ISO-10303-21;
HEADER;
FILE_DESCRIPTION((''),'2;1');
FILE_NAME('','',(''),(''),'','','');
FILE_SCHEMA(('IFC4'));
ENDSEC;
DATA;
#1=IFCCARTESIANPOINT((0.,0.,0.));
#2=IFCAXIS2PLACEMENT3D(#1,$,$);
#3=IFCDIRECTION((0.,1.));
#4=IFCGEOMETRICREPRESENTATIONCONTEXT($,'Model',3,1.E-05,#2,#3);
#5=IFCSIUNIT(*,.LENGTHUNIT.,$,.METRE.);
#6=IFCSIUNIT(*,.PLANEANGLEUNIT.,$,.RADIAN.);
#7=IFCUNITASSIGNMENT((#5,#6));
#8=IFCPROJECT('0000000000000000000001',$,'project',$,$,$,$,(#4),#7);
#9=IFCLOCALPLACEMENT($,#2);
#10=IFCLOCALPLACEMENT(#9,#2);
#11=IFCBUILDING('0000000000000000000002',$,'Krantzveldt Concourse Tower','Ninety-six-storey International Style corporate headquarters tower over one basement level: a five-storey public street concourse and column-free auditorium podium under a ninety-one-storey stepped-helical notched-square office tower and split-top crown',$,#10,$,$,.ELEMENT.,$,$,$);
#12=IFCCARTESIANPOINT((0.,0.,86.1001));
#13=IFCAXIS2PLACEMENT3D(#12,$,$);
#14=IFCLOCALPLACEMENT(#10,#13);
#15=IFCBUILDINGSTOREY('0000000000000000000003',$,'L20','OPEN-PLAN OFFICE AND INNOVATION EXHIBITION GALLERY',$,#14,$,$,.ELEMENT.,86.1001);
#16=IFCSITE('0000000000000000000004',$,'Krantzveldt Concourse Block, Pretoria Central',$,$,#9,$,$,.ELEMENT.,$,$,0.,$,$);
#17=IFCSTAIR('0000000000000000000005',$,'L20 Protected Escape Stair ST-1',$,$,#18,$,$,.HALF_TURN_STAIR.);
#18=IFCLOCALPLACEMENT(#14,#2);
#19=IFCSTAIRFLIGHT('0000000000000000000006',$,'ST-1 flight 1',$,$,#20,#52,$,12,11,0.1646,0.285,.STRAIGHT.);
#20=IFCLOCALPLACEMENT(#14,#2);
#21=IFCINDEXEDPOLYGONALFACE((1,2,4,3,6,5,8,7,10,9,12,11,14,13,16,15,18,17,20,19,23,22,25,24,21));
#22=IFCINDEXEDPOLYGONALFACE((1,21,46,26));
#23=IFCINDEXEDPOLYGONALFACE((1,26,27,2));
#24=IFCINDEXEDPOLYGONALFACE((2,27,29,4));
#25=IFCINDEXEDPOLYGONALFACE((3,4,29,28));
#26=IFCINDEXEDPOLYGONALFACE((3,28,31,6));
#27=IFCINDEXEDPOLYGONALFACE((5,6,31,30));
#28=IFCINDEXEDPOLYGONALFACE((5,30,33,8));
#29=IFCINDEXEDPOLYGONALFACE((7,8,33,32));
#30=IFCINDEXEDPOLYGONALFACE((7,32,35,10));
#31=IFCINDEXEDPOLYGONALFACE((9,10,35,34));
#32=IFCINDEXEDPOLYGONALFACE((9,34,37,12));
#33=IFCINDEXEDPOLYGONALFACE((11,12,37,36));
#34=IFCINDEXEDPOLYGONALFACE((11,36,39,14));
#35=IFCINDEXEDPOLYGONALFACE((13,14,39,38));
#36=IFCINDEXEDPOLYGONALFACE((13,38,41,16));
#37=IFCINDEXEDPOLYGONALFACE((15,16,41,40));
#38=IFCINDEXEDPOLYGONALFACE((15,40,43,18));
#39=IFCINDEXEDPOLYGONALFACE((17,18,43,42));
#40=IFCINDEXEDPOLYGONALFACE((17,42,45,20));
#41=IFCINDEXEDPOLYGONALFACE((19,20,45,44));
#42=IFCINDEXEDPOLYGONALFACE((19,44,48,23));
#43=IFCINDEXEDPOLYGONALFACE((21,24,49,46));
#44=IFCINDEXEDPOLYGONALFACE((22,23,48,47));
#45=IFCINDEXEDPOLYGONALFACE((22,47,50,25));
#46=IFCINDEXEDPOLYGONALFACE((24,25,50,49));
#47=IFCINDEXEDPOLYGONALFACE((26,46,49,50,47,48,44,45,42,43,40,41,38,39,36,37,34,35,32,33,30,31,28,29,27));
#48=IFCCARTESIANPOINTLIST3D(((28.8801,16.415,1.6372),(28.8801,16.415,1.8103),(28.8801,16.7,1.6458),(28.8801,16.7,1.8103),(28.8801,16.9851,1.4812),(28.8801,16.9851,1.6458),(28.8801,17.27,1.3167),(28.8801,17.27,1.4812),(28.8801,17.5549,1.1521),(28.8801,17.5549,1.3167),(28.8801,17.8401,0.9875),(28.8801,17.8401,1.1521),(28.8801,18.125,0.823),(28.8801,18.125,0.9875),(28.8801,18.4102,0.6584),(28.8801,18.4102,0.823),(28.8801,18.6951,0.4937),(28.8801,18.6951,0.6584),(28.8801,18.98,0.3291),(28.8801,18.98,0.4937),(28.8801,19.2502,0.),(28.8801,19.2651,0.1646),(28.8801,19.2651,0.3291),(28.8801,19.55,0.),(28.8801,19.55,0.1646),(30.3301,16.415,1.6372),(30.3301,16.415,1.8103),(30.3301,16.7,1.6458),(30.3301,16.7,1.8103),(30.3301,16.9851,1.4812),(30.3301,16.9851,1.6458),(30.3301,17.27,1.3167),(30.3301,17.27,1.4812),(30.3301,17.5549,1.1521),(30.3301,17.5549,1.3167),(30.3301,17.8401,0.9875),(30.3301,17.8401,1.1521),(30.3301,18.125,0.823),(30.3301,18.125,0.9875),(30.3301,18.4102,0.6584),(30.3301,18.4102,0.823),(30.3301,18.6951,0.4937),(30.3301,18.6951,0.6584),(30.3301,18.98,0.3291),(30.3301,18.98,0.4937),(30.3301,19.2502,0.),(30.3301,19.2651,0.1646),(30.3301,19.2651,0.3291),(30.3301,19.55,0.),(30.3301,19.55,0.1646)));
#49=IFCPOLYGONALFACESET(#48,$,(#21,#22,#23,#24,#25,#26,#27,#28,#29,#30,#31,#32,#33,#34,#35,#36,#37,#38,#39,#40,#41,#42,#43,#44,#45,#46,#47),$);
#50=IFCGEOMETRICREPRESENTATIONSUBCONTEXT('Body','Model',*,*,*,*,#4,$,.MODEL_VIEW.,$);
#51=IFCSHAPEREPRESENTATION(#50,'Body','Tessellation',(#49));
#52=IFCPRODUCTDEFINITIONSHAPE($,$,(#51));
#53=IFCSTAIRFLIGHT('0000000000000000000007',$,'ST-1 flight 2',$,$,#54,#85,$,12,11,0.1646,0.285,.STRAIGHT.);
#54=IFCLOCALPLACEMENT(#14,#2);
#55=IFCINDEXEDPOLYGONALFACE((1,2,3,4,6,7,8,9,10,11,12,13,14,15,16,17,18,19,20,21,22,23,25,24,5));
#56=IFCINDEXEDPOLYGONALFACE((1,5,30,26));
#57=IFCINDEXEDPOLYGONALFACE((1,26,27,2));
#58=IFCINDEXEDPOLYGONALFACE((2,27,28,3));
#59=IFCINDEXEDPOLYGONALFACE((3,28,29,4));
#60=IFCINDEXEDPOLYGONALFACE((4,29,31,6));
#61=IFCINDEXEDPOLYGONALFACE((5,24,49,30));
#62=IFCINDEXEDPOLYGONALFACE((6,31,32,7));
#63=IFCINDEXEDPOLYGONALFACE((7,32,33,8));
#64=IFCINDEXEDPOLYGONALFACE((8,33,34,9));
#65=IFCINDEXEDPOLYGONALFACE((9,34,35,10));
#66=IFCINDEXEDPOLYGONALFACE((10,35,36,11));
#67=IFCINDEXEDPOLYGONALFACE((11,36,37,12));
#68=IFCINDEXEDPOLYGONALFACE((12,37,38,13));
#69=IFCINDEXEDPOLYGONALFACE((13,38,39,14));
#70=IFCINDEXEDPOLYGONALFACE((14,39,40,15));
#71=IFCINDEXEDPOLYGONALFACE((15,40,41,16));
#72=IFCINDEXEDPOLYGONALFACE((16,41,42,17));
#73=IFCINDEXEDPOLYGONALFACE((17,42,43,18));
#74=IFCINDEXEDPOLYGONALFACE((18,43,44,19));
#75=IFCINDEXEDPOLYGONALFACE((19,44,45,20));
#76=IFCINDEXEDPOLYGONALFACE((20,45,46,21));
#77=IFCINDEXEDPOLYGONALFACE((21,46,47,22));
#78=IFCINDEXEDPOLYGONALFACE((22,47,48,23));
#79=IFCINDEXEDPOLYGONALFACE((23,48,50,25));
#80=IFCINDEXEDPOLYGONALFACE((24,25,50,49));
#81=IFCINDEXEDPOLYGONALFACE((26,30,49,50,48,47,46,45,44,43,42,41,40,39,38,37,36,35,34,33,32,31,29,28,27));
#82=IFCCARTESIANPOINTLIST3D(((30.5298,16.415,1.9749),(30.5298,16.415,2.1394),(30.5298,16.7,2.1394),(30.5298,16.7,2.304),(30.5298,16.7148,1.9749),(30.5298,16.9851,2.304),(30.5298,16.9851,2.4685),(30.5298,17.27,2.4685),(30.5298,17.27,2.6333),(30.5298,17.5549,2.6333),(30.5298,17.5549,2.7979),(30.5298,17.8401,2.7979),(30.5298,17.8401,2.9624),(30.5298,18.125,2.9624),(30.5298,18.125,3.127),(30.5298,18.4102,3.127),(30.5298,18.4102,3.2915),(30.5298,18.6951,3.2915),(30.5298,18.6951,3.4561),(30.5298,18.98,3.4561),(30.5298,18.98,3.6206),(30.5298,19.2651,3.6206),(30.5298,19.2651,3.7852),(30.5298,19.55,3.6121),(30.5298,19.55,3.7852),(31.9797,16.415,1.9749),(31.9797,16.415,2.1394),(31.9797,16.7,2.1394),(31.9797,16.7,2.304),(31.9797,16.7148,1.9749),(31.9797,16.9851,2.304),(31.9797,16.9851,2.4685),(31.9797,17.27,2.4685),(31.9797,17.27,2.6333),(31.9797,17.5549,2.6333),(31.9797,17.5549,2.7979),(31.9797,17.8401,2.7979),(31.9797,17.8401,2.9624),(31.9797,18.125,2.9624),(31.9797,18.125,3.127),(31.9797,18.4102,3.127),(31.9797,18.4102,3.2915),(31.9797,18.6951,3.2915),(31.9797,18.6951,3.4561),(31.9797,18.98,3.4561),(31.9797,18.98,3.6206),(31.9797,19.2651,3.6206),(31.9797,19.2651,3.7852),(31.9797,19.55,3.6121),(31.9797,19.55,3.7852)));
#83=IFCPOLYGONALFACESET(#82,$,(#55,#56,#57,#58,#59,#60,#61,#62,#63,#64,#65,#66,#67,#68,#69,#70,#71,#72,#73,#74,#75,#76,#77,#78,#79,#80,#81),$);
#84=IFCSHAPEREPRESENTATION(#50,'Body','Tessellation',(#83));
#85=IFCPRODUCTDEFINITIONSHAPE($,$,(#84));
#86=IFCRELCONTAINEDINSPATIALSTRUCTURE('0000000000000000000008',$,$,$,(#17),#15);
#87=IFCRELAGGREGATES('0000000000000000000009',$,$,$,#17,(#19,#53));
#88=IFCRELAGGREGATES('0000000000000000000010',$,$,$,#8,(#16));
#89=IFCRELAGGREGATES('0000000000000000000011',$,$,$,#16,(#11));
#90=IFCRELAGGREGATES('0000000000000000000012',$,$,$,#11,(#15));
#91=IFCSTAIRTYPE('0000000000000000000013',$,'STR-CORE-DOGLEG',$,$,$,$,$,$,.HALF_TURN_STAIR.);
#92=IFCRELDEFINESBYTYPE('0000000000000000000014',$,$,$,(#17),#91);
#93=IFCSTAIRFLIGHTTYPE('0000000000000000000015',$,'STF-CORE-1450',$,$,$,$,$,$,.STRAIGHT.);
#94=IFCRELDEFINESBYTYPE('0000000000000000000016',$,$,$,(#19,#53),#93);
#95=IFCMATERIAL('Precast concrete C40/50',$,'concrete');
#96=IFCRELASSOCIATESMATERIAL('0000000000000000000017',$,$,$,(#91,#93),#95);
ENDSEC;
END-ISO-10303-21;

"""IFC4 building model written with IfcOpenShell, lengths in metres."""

from ifc_helpers import new_model, si_unit, direction, frame, origin, place, context, subcontext, project, spatial, polyline, outline, extrude, material, type_object, element, aggregate, save


model = new_model("IFC4")

# Units and contexts
model_context = context("Model", 3, precision=1e-05, world=origin(), true_north=direction((0.0, 1.0)))
body_context = subcontext(model_context, "Body", "Model", "MODEL_VIEW")
ifc_project = project(units=[si_unit("LENGTHUNIT", "METRE"), si_unit("PLANEANGLEUNIT", "RADIAN")], contexts=[model_context])

# Site, building, storey
site_placement = place(None, origin())
site = spatial("IfcSite", under=ifc_project, at=site_placement, Name="Krantzveldt Concourse Block, Pretoria Central", CompositionType="ELEMENT", RefElevation=0.0)
building_placement = place(site_placement, origin())
building = spatial("IfcBuilding", under=site, at=building_placement, Name="Krantzveldt Concourse Tower", Description="Ninety-six-storey International Style corporate headquarters tower over one basement level: a five-storey public street concourse and column-free auditorium podium under a ninety-one-storey stepped-helical notched-square office tower and split-top crown", CompositionType="ELEMENT")
storey_placement = place(building_placement, frame((0.0, 0.0, 86.1001)))
storey = spatial("IfcBuildingStorey", under=building, at=storey_placement, Name="L20", Description="OPEN-PLAN OFFICE AND INNOVATION EXHIBITION GALLERY", CompositionType="ELEMENT", Elevation=86.1001)

# Stair, stair flights
ifc_material_1 = material(Name="Precast concrete C40/50", Category="concrete")
stair_type = type_object("IfcStairType", Name="STR-CORE-DOGLEG", PredefinedType="HALF_TURN_STAIR", material=ifc_material_1)
stair_placement = place(storey_placement, origin())
stair = element("IfcStair", 1, at=stair_placement, inside=storey, type_object=stair_type, Name="L20 Protected Escape Stair ST-1", PredefinedType="HALF_TURN_STAIR")
stair_flight_type = type_object("IfcStairFlightType", Name="STF-CORE-1450", PredefinedType="STRAIGHT", material=ifc_material_1)
stair_flight_1_placement = place(storey_placement, frame((29.605, 19.55, 0.0), z_axis=(0.0, 0.0, 1.0), x_axis=(0.0, -1.0, 0.0)))
stair_flight_1 = element("IfcStairFlight", 2, at=stair_flight_1_placement, type_object=stair_flight_type, Name="ST-1 flight 1", NumberOfRisers=12, NumberOfTreads=11, PredefinedType="STRAIGHT", RiserHeight=0.1646, TreadLength=0.285, context=body_context, shape_type="SweptSolid", body=[
    extrude(outline(polyline([(0.0, 0.0), (0.0, 0.1646), (0.2849, 0.1646), (0.2849, 0.3291), (0.5701, 0.3291), (0.5701, 0.4937), (0.855, 0.4937), (0.855, 0.6584), (1.1399, 0.6584), (1.1399, 0.823), (1.425, 0.823), (1.425, 0.9875), (1.71, 0.9875), (1.71, 1.1521), (1.9951, 1.1521), (1.9951, 1.3167), (2.28, 1.3167), (2.28, 1.4812), (2.5649, 1.4812), (2.5649, 1.6458), (2.8501, 1.6458), (2.8501, 1.8103), (3.135, 1.8103), (3.135, 1.9751), (3.135, 1.6372), (0.2998, 0.0), (0.0, 0.0)])), frame((0.0, 0.7251, 0.0), z_axis=(0.0, -1.0, 0.0), x_axis=(1.0, 0.0, 0.0)), (0.0, 0.0, 1.0), 1.45),
])
stair_flight_2_placement = place(storey_placement, frame((31.2549, 16.415, 1.9749), z_axis=(0.0, 0.0, 1.0), x_axis=(0.0, 1.0, 0.0)))
stair_flight_2 = element("IfcStairFlight", 3, at=stair_flight_2_placement, type_object=stair_flight_type, Name="ST-1 flight 2", NumberOfRisers=12, NumberOfTreads=11, PredefinedType="STRAIGHT", RiserHeight=0.1646, TreadLength=0.285, context=body_context, shape_type="SweptSolid", body=[
    extrude(outline(polyline([(0.0, 0.0), (0.0, 0.1646), (0.2849, 0.1646), (0.2849, 0.3291), (0.5701, 0.3291), (0.5701, 0.4937), (0.855, 0.4937), (0.855, 0.6584), (1.1399, 0.6584), (1.1399, 0.823), (1.425, 0.823), (1.425, 0.9875), (1.71, 0.9875), (1.71, 1.1521), (1.9951, 1.1521), (1.9951, 1.3167), (2.28, 1.3167), (2.28, 1.4812), (2.5649, 1.4812), (2.5649, 1.6458), (2.8501, 1.6458), (2.8501, 1.8103), (3.135, 1.8103), (3.135, 1.9751), (3.135, 1.6372), (0.2998, 0.0), (0.0, 0.0)])), frame((0.0, 0.7251, 0.0), z_axis=(0.0, -1.0, 0.0), x_axis=(1.0, 0.0, 0.0)), (0.0, 0.0, 1.0), 1.45),
])
aggregate(stair, [stair_flight_1, stair_flight_2])

save(model, "model.ifc")
